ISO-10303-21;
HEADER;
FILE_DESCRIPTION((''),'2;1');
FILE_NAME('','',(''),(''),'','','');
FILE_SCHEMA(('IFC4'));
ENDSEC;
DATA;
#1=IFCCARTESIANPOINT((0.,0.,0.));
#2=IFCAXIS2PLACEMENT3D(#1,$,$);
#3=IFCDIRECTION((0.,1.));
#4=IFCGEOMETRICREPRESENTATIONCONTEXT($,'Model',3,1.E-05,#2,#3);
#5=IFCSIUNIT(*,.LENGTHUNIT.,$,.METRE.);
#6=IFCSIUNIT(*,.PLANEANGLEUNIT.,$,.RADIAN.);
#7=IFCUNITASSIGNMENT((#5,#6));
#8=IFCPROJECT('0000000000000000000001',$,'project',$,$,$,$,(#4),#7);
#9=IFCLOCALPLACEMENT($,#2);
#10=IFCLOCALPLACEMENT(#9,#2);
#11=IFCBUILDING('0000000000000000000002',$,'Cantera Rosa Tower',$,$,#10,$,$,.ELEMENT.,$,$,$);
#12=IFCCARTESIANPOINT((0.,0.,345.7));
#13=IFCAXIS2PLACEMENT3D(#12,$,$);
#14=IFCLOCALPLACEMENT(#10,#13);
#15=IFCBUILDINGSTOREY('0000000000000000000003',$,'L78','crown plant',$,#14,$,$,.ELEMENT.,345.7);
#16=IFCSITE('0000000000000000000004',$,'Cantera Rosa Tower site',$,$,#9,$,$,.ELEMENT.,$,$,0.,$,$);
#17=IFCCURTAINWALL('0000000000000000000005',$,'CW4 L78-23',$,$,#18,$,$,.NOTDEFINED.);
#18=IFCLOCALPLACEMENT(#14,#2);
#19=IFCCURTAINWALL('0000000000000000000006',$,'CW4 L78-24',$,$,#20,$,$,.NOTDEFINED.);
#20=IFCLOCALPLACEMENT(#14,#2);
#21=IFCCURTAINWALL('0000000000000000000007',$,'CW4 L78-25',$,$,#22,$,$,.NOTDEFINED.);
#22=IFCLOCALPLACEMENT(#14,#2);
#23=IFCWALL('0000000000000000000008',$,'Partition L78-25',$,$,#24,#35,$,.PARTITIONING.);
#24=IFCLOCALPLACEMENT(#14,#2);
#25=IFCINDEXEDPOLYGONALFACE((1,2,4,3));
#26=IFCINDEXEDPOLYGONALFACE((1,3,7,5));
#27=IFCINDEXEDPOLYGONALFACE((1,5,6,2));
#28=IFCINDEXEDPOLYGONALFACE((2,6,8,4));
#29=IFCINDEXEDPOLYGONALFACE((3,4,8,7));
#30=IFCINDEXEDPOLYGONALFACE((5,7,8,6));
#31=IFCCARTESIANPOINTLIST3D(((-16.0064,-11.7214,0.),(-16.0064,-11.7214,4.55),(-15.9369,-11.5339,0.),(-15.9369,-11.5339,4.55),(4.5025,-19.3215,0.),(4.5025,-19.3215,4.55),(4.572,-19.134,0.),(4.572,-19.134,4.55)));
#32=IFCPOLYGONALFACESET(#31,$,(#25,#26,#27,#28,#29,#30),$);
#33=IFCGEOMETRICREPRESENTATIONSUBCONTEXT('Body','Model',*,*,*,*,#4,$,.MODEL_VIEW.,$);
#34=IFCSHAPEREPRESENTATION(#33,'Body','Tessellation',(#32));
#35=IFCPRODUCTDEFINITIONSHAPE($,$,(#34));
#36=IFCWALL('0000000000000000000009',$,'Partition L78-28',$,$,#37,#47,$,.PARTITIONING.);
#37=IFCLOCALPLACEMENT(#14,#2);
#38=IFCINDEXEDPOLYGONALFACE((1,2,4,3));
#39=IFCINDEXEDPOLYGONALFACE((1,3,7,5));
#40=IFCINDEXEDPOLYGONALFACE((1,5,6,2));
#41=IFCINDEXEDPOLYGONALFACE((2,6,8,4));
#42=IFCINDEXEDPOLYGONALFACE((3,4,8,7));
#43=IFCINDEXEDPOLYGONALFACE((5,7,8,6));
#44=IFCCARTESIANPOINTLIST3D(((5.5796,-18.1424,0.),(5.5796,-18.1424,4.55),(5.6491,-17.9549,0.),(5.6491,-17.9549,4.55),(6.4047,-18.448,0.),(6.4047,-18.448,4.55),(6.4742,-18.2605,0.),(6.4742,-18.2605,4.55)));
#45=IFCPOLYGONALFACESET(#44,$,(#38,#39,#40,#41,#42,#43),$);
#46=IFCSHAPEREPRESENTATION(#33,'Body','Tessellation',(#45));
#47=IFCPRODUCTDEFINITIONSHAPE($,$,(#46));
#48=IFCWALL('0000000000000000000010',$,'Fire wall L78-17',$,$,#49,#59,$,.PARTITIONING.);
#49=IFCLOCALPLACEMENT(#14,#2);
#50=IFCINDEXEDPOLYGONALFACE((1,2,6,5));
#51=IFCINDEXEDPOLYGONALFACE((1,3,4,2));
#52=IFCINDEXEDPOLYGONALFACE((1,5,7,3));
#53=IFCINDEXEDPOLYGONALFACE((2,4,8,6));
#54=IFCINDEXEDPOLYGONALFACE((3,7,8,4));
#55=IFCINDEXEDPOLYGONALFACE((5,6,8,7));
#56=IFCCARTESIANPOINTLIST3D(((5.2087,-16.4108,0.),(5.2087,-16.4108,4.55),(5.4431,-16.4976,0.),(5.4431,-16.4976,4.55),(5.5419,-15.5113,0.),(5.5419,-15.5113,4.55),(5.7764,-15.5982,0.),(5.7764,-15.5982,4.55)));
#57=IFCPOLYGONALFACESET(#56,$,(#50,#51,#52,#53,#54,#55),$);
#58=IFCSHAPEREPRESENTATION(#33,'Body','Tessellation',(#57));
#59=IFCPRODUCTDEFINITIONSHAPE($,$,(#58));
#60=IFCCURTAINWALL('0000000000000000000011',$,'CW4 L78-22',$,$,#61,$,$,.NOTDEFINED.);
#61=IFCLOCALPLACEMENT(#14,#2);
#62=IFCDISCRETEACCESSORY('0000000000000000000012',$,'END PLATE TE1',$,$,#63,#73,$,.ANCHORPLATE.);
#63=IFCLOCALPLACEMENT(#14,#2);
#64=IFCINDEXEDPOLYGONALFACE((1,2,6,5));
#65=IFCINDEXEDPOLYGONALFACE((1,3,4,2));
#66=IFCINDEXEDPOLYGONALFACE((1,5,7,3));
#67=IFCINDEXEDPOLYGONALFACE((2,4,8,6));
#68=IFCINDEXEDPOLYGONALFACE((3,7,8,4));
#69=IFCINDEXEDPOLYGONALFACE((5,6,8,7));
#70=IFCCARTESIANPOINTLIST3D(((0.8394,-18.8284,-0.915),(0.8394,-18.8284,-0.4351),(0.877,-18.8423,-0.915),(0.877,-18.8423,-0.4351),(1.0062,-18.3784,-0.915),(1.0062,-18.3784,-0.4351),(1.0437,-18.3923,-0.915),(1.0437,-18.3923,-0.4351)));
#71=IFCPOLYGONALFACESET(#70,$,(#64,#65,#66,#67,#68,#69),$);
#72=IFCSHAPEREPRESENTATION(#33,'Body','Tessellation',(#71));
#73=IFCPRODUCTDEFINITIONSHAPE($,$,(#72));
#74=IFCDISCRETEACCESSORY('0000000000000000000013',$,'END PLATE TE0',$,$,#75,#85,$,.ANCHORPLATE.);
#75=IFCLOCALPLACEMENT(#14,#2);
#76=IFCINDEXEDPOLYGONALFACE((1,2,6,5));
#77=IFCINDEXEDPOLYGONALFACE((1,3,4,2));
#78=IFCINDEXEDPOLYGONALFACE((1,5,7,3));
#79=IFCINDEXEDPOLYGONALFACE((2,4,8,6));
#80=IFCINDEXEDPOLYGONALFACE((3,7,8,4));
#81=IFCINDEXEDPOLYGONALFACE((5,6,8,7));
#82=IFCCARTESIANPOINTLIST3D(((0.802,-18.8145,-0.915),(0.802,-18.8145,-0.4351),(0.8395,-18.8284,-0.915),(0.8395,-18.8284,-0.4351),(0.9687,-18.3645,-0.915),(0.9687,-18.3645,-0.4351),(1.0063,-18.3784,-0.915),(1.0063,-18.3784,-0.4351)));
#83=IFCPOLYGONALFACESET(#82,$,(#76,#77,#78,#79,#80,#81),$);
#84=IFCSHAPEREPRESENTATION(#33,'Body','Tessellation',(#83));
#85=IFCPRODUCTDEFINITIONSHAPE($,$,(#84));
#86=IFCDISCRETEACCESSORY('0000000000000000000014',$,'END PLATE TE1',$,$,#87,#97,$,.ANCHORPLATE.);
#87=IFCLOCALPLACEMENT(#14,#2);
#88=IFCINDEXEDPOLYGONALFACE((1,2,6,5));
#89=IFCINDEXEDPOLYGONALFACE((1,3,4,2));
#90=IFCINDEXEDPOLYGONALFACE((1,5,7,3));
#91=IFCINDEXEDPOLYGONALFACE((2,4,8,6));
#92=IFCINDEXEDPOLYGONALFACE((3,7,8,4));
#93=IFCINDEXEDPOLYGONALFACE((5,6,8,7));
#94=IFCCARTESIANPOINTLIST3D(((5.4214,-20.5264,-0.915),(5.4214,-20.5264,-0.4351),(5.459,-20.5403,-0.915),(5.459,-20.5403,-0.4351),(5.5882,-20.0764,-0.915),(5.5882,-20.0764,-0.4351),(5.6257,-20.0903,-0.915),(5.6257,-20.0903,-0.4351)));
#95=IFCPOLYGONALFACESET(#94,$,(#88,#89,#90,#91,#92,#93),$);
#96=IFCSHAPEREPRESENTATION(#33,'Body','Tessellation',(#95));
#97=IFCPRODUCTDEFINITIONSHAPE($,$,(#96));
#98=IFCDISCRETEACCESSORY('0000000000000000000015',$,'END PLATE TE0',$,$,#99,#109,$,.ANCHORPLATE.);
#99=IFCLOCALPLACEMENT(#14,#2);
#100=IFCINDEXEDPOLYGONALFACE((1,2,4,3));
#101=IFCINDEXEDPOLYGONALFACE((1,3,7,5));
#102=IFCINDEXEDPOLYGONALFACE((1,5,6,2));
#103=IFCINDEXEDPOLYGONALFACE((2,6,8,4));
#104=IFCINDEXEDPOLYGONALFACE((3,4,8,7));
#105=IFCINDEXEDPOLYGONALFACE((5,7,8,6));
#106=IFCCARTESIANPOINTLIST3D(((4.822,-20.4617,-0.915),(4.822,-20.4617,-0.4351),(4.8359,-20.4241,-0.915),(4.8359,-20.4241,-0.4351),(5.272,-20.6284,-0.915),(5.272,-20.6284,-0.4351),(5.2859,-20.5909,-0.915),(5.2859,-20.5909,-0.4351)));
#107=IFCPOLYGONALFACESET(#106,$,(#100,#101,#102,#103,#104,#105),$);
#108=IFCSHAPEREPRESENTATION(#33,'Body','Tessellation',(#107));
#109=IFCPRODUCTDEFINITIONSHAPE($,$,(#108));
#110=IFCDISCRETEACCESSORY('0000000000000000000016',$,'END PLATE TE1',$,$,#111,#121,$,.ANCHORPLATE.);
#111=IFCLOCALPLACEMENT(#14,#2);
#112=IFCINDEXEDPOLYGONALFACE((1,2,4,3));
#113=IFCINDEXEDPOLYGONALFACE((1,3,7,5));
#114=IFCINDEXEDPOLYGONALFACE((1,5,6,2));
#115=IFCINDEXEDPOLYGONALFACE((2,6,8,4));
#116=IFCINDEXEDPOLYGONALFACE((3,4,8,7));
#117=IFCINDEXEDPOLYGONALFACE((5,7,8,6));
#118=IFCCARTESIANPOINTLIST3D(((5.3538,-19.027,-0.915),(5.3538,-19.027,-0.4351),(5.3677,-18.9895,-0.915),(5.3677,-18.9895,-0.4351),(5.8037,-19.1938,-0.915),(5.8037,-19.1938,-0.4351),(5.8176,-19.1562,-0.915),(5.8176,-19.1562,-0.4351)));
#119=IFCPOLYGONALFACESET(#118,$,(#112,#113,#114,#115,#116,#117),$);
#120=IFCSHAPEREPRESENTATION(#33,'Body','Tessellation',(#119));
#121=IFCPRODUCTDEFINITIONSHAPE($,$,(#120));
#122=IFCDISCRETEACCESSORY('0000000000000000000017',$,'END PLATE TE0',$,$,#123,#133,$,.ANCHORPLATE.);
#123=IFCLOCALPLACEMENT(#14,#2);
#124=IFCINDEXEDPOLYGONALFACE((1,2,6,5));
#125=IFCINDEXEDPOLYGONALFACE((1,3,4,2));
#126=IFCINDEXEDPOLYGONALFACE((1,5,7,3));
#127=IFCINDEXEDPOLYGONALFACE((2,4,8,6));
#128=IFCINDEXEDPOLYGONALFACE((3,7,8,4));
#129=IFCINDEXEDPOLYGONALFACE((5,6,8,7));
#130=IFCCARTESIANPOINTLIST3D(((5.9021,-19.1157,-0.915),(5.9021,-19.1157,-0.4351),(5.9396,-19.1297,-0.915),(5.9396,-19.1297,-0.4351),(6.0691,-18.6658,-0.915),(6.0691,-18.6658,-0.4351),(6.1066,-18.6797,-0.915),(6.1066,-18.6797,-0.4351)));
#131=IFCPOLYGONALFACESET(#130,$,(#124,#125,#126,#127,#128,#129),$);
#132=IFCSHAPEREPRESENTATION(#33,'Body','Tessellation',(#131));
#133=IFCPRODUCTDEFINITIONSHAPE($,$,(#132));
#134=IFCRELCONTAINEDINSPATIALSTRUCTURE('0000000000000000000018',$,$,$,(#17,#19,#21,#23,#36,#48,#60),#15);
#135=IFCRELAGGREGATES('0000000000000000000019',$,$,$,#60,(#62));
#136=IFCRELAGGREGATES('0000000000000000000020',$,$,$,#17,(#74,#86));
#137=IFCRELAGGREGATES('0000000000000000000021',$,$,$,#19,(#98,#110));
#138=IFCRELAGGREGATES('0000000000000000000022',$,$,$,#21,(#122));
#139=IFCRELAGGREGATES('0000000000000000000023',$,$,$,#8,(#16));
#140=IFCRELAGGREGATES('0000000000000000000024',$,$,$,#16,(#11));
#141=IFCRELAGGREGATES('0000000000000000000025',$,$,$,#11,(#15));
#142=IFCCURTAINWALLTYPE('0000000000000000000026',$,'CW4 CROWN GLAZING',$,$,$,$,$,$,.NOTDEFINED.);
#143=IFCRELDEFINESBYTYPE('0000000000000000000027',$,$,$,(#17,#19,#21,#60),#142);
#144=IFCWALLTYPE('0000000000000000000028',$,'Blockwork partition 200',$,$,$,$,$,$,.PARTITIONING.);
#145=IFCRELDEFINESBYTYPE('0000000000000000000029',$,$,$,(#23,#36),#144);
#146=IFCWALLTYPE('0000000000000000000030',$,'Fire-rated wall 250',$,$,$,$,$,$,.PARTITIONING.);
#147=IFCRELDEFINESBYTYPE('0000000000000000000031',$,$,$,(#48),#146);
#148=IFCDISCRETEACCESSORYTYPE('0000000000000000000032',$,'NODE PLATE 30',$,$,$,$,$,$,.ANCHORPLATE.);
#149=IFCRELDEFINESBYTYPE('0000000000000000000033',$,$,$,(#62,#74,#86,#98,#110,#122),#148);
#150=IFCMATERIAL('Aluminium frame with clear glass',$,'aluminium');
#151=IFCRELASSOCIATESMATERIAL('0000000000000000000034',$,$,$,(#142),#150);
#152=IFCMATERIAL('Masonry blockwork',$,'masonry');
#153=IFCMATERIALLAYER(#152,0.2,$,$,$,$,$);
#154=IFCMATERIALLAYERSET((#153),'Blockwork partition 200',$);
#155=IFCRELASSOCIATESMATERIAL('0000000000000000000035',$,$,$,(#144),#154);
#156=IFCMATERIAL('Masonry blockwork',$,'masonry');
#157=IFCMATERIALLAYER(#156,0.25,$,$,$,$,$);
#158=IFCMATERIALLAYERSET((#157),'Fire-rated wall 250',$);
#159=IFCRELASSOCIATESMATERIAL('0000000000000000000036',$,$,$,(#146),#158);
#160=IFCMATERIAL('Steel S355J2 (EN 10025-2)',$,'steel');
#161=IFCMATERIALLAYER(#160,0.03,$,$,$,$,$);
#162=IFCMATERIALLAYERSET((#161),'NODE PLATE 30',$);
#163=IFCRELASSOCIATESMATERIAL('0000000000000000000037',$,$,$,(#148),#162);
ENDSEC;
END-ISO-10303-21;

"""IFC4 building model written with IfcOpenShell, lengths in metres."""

from ifc_helpers import new_model, si_unit, direction, frame, frame_2d, origin, place, context, subcontext, project, spatial, polyline, rectangle, outline, extrude, material, layer, layer_set, type_object, element, aggregate, save


model = new_model("IFC4")

# Units and contexts
model_context = context("Model", 3, precision=1e-05, world=origin(), true_north=direction((0.0, 1.0)))
body_context = subcontext(model_context, "Body", "Model", "MODEL_VIEW")
ifc_project = project(units=[si_unit("LENGTHUNIT", "METRE"), si_unit("PLANEANGLEUNIT", "RADIAN")], contexts=[model_context])

# Site, building, storey
site_placement = place(None, origin())
site = spatial("IfcSite", under=ifc_project, at=site_placement, Name="Cantera Rosa Tower site", CompositionType="ELEMENT", RefElevation=0.0)
building_placement = place(site_placement, origin())
building = spatial("IfcBuilding", under=site, at=building_placement, Name="Cantera Rosa Tower", CompositionType="ELEMENT")
storey_placement = place(building_placement, frame((0.0, 0.0, 345.7)))
storey = spatial("IfcBuildingStorey", under=building, at=storey_placement, Name="L78", Description="crown plant", CompositionType="ELEMENT", Elevation=345.7)

# Curtain walls
ifc_material_1 = material(Name="Aluminium frame with clear glass", Category="aluminium")
curtain_wall_type = type_object("IfcCurtainWallType", Name="CW4 CROWN GLAZING", PredefinedType="NOTDEFINED", material=ifc_material_1)
curtain_wall_1_placement = place(storey_placement, origin())
curtain_wall_1 = element("IfcCurtainWall", 1, at=curtain_wall_1_placement, inside=storey, type_object=curtain_wall_type, Name="CW4 L78-23", PredefinedType="NOTDEFINED")
curtain_wall_2_placement = place(storey_placement, origin())
curtain_wall_2 = element("IfcCurtainWall", 2, at=curtain_wall_2_placement, inside=storey, type_object=curtain_wall_type, Name="CW4 L78-24", PredefinedType="NOTDEFINED")
curtain_wall_3_placement = place(storey_placement, origin())
curtain_wall_3 = element("IfcCurtainWall", 3, at=curtain_wall_3_placement, inside=storey, type_object=curtain_wall_type, Name="CW4 L78-25", PredefinedType="NOTDEFINED")

# Walls
ifc_material_2 = material(Name="Masonry blockwork", Category="masonry")
ifc_layer_1 = layer(ifc_material_2, 0.2)
ifc_layer_set_1 = layer_set([ifc_layer_1], Name="Blockwork partition 200")
wall_type_1 = type_object("IfcWallType", Name="Blockwork partition 200", PredefinedType="PARTITIONING", material=ifc_layer_set_1)
wall_1_placement = place(storey_placement, frame((4.5374, -19.2278, 0.0), z_axis=(0.0, 0.0, 1.0), x_axis=(-0.937687, 0.347482, 0.0)))
element("IfcWall", 4, at=wall_1_placement, inside=storey, type_object=wall_type_1, Name="Partition L78-25", PredefinedType="PARTITIONING", context=body_context, shape_type="SweptSolid", body=[
    extrude(rectangle(XDim=21.8718, YDim=0.2, at=frame_2d((10.936, 0.0))), origin(), (0.0, 0.0, 1.0), 4.55),
])
wall_2_placement = place(storey_placement, frame((6.4395, -18.3542, 0.0), z_axis=(0.0, 0.0, 1.0), x_axis=(-0.937735, 0.34735, 0.0)))
element("IfcWall", 5, at=wall_2_placement, inside=storey, type_object=wall_type_1, Name="Partition L78-28", PredefinedType="PARTITIONING", context=body_context, shape_type="SweptSolid", body=[
    extrude(rectangle(XDim=0.8799, YDim=0.2, at=frame_2d((0.4399, 0.0))), origin(), (0.0, 0.0, 1.0), 4.55),
])
ifc_material_3 = material(Name="Masonry blockwork", Category="masonry")
ifc_layer_2 = layer(ifc_material_3, 0.25)
ifc_layer_set_2 = layer_set([ifc_layer_2], Name="Fire-rated wall 250")
wall_type_2 = type_object("IfcWallType", Name="Fire-rated wall 250", PredefinedType="PARTITIONING", material=ifc_layer_set_2)
wall_3_placement = place(storey_placement, frame((5.3259, -16.4541, 0.0), z_axis=(0.0, 0.0, 1.0), x_axis=(0.347439, 0.937703, 0.0)))
element("IfcWall", 6, at=wall_3_placement, inside=storey, type_object=wall_type_2, Name="Fire wall L78-17", PredefinedType="PARTITIONING", context=body_context, shape_type="SweptSolid", body=[
    extrude(rectangle(XDim=0.9592, YDim=0.25, at=frame_2d((0.4795, 0.0))), origin(), (0.0, 0.0, 1.0), 4.55),
])

# Curtain wall, discrete accessory
curtain_wall_4_placement = place(storey_placement, origin())
curtain_wall_4 = element("IfcCurtainWall", 7, at=curtain_wall_4_placement, inside=storey, type_object=curtain_wall_type, Name="CW4 L78-22", PredefinedType="NOTDEFINED")
ifc_material_4 = material(Name="Steel S355J2 (EN 10025-2)", Category="steel")
ifc_layer_3 = layer(ifc_material_4, 0.03)
ifc_layer_set_3 = layer_set([ifc_layer_3], Name="NODE PLATE 30")
discrete_accessory_type = type_object("IfcDiscreteAccessoryType", Name="NODE PLATE 30", PredefinedType="ANCHORPLATE", material=ifc_layer_set_3)
discrete_accessory_1_placement = place(storey_placement, frame((1.0437, -18.3923, -0.4351), z_axis=(0.937681, -0.347497, 0.0), x_axis=(-0.347497, -0.937681, 0.0)))
discrete_accessory_1 = element("IfcDiscreteAccessory", 8, at=discrete_accessory_1_placement, type_object=discrete_accessory_type, Name="END PLATE TE1", PredefinedType="ANCHORPLATE", context=body_context, shape_type="SweptSolid", body=[
    extrude(outline(polyline([(0.0, 0.0), (0.4799, 0.0), (0.4799, 0.48), (0.0, 0.48), (0.0, 0.0)])), origin(), (0.0, 0.0, -1.0), 0.04),
])
aggregate(curtain_wall_4, [discrete_accessory_1])

# Discrete accessories
discrete_accessory_2_placement = place(storey_placement, frame((0.802, -18.8145, -0.4351), z_axis=(-0.937681, 0.347497, 0.0), x_axis=(0.347497, 0.937681, 0.0)))
discrete_accessory_2 = element("IfcDiscreteAccessory", 9, at=discrete_accessory_2_placement, type_object=discrete_accessory_type, Name="END PLATE TE0", PredefinedType="ANCHORPLATE", context=body_context, shape_type="SweptSolid", body=[
    extrude(outline(polyline([(0.0, 0.0), (0.4799, 0.0), (0.4799, 0.48), (0.0, 0.48), (0.0, 0.0)])), origin(), (0.0, 0.0, -1.0), 0.04),
])
discrete_accessory_3_placement = place(storey_placement, frame((5.6257, -20.0903, -0.4351), z_axis=(0.937681, -0.347497, 0.0), x_axis=(-0.347497, -0.937681, 0.0)))
discrete_accessory_3 = element("IfcDiscreteAccessory", 10, at=discrete_accessory_3_placement, type_object=discrete_accessory_type, Name="END PLATE TE1", PredefinedType="ANCHORPLATE", context=body_context, shape_type="SweptSolid", body=[
    extrude(outline(polyline([(0.0, 0.0), (0.4799, 0.0), (0.4799, 0.48), (0.0, 0.48), (0.0, 0.0)])), origin(), (0.0, 0.0, -1.0), 0.04),
])
aggregate(curtain_wall_1, [discrete_accessory_2, discrete_accessory_3])
discrete_accessory_4_placement = place(storey_placement, frame((5.272, -20.6284, -0.4351), z_axis=(-0.347497, -0.937681, 0.0), x_axis=(-0.937681, 0.347497, 0.0)))
discrete_accessory_4 = element("IfcDiscreteAccessory", 11, at=discrete_accessory_4_placement, type_object=discrete_accessory_type, Name="END PLATE TE0", PredefinedType="ANCHORPLATE", context=body_context, shape_type="SweptSolid", body=[
    extrude(outline(polyline([(0.0, 0.0), (0.4799, 0.0), (0.4799, 0.48), (0.0, 0.48), (0.0, 0.0)])), origin(), (0.0, 0.0, -1.0), 0.04),
])
discrete_accessory_5_placement = place(storey_placement, frame((5.3677, -18.9895, -0.4351), z_axis=(0.347497, 0.937681, 0.0), x_axis=(0.937681, -0.347497, 0.0)))
discrete_accessory_5 = element("IfcDiscreteAccessory", 12, at=discrete_accessory_5_placement, type_object=discrete_accessory_type, Name="END PLATE TE1", PredefinedType="ANCHORPLATE", context=body_context, shape_type="SweptSolid", body=[
    extrude(outline(polyline([(0.0, 0.0), (0.4799, 0.0), (0.4799, 0.48), (0.0, 0.48), (0.0, 0.0)])), origin(), (0.0, 0.0, -1.0), 0.04),
])
aggregate(curtain_wall_2, [discrete_accessory_4, discrete_accessory_5])
discrete_accessory_6_placement = place(storey_placement, frame((5.9021, -19.1157, -0.4351), z_axis=(-0.937515, 0.347944, 0.0), x_axis=(0.347944, 0.937515, 0.0)))
discrete_accessory_6 = element("IfcDiscreteAccessory", 13, at=discrete_accessory_6_placement, type_object=discrete_accessory_type, Name="END PLATE TE0", PredefinedType="ANCHORPLATE", context=body_context, shape_type="SweptSolid", body=[
    extrude(outline(polyline([(0.0, 0.0), (0.4799, 0.0), (0.4799, 0.48), (0.0, 0.48), (0.0, 0.0)])), origin(), (0.0, 0.0, -1.0), 0.04),
])
aggregate(curtain_wall_3, [discrete_accessory_6])

save(model, "model.ifc")
